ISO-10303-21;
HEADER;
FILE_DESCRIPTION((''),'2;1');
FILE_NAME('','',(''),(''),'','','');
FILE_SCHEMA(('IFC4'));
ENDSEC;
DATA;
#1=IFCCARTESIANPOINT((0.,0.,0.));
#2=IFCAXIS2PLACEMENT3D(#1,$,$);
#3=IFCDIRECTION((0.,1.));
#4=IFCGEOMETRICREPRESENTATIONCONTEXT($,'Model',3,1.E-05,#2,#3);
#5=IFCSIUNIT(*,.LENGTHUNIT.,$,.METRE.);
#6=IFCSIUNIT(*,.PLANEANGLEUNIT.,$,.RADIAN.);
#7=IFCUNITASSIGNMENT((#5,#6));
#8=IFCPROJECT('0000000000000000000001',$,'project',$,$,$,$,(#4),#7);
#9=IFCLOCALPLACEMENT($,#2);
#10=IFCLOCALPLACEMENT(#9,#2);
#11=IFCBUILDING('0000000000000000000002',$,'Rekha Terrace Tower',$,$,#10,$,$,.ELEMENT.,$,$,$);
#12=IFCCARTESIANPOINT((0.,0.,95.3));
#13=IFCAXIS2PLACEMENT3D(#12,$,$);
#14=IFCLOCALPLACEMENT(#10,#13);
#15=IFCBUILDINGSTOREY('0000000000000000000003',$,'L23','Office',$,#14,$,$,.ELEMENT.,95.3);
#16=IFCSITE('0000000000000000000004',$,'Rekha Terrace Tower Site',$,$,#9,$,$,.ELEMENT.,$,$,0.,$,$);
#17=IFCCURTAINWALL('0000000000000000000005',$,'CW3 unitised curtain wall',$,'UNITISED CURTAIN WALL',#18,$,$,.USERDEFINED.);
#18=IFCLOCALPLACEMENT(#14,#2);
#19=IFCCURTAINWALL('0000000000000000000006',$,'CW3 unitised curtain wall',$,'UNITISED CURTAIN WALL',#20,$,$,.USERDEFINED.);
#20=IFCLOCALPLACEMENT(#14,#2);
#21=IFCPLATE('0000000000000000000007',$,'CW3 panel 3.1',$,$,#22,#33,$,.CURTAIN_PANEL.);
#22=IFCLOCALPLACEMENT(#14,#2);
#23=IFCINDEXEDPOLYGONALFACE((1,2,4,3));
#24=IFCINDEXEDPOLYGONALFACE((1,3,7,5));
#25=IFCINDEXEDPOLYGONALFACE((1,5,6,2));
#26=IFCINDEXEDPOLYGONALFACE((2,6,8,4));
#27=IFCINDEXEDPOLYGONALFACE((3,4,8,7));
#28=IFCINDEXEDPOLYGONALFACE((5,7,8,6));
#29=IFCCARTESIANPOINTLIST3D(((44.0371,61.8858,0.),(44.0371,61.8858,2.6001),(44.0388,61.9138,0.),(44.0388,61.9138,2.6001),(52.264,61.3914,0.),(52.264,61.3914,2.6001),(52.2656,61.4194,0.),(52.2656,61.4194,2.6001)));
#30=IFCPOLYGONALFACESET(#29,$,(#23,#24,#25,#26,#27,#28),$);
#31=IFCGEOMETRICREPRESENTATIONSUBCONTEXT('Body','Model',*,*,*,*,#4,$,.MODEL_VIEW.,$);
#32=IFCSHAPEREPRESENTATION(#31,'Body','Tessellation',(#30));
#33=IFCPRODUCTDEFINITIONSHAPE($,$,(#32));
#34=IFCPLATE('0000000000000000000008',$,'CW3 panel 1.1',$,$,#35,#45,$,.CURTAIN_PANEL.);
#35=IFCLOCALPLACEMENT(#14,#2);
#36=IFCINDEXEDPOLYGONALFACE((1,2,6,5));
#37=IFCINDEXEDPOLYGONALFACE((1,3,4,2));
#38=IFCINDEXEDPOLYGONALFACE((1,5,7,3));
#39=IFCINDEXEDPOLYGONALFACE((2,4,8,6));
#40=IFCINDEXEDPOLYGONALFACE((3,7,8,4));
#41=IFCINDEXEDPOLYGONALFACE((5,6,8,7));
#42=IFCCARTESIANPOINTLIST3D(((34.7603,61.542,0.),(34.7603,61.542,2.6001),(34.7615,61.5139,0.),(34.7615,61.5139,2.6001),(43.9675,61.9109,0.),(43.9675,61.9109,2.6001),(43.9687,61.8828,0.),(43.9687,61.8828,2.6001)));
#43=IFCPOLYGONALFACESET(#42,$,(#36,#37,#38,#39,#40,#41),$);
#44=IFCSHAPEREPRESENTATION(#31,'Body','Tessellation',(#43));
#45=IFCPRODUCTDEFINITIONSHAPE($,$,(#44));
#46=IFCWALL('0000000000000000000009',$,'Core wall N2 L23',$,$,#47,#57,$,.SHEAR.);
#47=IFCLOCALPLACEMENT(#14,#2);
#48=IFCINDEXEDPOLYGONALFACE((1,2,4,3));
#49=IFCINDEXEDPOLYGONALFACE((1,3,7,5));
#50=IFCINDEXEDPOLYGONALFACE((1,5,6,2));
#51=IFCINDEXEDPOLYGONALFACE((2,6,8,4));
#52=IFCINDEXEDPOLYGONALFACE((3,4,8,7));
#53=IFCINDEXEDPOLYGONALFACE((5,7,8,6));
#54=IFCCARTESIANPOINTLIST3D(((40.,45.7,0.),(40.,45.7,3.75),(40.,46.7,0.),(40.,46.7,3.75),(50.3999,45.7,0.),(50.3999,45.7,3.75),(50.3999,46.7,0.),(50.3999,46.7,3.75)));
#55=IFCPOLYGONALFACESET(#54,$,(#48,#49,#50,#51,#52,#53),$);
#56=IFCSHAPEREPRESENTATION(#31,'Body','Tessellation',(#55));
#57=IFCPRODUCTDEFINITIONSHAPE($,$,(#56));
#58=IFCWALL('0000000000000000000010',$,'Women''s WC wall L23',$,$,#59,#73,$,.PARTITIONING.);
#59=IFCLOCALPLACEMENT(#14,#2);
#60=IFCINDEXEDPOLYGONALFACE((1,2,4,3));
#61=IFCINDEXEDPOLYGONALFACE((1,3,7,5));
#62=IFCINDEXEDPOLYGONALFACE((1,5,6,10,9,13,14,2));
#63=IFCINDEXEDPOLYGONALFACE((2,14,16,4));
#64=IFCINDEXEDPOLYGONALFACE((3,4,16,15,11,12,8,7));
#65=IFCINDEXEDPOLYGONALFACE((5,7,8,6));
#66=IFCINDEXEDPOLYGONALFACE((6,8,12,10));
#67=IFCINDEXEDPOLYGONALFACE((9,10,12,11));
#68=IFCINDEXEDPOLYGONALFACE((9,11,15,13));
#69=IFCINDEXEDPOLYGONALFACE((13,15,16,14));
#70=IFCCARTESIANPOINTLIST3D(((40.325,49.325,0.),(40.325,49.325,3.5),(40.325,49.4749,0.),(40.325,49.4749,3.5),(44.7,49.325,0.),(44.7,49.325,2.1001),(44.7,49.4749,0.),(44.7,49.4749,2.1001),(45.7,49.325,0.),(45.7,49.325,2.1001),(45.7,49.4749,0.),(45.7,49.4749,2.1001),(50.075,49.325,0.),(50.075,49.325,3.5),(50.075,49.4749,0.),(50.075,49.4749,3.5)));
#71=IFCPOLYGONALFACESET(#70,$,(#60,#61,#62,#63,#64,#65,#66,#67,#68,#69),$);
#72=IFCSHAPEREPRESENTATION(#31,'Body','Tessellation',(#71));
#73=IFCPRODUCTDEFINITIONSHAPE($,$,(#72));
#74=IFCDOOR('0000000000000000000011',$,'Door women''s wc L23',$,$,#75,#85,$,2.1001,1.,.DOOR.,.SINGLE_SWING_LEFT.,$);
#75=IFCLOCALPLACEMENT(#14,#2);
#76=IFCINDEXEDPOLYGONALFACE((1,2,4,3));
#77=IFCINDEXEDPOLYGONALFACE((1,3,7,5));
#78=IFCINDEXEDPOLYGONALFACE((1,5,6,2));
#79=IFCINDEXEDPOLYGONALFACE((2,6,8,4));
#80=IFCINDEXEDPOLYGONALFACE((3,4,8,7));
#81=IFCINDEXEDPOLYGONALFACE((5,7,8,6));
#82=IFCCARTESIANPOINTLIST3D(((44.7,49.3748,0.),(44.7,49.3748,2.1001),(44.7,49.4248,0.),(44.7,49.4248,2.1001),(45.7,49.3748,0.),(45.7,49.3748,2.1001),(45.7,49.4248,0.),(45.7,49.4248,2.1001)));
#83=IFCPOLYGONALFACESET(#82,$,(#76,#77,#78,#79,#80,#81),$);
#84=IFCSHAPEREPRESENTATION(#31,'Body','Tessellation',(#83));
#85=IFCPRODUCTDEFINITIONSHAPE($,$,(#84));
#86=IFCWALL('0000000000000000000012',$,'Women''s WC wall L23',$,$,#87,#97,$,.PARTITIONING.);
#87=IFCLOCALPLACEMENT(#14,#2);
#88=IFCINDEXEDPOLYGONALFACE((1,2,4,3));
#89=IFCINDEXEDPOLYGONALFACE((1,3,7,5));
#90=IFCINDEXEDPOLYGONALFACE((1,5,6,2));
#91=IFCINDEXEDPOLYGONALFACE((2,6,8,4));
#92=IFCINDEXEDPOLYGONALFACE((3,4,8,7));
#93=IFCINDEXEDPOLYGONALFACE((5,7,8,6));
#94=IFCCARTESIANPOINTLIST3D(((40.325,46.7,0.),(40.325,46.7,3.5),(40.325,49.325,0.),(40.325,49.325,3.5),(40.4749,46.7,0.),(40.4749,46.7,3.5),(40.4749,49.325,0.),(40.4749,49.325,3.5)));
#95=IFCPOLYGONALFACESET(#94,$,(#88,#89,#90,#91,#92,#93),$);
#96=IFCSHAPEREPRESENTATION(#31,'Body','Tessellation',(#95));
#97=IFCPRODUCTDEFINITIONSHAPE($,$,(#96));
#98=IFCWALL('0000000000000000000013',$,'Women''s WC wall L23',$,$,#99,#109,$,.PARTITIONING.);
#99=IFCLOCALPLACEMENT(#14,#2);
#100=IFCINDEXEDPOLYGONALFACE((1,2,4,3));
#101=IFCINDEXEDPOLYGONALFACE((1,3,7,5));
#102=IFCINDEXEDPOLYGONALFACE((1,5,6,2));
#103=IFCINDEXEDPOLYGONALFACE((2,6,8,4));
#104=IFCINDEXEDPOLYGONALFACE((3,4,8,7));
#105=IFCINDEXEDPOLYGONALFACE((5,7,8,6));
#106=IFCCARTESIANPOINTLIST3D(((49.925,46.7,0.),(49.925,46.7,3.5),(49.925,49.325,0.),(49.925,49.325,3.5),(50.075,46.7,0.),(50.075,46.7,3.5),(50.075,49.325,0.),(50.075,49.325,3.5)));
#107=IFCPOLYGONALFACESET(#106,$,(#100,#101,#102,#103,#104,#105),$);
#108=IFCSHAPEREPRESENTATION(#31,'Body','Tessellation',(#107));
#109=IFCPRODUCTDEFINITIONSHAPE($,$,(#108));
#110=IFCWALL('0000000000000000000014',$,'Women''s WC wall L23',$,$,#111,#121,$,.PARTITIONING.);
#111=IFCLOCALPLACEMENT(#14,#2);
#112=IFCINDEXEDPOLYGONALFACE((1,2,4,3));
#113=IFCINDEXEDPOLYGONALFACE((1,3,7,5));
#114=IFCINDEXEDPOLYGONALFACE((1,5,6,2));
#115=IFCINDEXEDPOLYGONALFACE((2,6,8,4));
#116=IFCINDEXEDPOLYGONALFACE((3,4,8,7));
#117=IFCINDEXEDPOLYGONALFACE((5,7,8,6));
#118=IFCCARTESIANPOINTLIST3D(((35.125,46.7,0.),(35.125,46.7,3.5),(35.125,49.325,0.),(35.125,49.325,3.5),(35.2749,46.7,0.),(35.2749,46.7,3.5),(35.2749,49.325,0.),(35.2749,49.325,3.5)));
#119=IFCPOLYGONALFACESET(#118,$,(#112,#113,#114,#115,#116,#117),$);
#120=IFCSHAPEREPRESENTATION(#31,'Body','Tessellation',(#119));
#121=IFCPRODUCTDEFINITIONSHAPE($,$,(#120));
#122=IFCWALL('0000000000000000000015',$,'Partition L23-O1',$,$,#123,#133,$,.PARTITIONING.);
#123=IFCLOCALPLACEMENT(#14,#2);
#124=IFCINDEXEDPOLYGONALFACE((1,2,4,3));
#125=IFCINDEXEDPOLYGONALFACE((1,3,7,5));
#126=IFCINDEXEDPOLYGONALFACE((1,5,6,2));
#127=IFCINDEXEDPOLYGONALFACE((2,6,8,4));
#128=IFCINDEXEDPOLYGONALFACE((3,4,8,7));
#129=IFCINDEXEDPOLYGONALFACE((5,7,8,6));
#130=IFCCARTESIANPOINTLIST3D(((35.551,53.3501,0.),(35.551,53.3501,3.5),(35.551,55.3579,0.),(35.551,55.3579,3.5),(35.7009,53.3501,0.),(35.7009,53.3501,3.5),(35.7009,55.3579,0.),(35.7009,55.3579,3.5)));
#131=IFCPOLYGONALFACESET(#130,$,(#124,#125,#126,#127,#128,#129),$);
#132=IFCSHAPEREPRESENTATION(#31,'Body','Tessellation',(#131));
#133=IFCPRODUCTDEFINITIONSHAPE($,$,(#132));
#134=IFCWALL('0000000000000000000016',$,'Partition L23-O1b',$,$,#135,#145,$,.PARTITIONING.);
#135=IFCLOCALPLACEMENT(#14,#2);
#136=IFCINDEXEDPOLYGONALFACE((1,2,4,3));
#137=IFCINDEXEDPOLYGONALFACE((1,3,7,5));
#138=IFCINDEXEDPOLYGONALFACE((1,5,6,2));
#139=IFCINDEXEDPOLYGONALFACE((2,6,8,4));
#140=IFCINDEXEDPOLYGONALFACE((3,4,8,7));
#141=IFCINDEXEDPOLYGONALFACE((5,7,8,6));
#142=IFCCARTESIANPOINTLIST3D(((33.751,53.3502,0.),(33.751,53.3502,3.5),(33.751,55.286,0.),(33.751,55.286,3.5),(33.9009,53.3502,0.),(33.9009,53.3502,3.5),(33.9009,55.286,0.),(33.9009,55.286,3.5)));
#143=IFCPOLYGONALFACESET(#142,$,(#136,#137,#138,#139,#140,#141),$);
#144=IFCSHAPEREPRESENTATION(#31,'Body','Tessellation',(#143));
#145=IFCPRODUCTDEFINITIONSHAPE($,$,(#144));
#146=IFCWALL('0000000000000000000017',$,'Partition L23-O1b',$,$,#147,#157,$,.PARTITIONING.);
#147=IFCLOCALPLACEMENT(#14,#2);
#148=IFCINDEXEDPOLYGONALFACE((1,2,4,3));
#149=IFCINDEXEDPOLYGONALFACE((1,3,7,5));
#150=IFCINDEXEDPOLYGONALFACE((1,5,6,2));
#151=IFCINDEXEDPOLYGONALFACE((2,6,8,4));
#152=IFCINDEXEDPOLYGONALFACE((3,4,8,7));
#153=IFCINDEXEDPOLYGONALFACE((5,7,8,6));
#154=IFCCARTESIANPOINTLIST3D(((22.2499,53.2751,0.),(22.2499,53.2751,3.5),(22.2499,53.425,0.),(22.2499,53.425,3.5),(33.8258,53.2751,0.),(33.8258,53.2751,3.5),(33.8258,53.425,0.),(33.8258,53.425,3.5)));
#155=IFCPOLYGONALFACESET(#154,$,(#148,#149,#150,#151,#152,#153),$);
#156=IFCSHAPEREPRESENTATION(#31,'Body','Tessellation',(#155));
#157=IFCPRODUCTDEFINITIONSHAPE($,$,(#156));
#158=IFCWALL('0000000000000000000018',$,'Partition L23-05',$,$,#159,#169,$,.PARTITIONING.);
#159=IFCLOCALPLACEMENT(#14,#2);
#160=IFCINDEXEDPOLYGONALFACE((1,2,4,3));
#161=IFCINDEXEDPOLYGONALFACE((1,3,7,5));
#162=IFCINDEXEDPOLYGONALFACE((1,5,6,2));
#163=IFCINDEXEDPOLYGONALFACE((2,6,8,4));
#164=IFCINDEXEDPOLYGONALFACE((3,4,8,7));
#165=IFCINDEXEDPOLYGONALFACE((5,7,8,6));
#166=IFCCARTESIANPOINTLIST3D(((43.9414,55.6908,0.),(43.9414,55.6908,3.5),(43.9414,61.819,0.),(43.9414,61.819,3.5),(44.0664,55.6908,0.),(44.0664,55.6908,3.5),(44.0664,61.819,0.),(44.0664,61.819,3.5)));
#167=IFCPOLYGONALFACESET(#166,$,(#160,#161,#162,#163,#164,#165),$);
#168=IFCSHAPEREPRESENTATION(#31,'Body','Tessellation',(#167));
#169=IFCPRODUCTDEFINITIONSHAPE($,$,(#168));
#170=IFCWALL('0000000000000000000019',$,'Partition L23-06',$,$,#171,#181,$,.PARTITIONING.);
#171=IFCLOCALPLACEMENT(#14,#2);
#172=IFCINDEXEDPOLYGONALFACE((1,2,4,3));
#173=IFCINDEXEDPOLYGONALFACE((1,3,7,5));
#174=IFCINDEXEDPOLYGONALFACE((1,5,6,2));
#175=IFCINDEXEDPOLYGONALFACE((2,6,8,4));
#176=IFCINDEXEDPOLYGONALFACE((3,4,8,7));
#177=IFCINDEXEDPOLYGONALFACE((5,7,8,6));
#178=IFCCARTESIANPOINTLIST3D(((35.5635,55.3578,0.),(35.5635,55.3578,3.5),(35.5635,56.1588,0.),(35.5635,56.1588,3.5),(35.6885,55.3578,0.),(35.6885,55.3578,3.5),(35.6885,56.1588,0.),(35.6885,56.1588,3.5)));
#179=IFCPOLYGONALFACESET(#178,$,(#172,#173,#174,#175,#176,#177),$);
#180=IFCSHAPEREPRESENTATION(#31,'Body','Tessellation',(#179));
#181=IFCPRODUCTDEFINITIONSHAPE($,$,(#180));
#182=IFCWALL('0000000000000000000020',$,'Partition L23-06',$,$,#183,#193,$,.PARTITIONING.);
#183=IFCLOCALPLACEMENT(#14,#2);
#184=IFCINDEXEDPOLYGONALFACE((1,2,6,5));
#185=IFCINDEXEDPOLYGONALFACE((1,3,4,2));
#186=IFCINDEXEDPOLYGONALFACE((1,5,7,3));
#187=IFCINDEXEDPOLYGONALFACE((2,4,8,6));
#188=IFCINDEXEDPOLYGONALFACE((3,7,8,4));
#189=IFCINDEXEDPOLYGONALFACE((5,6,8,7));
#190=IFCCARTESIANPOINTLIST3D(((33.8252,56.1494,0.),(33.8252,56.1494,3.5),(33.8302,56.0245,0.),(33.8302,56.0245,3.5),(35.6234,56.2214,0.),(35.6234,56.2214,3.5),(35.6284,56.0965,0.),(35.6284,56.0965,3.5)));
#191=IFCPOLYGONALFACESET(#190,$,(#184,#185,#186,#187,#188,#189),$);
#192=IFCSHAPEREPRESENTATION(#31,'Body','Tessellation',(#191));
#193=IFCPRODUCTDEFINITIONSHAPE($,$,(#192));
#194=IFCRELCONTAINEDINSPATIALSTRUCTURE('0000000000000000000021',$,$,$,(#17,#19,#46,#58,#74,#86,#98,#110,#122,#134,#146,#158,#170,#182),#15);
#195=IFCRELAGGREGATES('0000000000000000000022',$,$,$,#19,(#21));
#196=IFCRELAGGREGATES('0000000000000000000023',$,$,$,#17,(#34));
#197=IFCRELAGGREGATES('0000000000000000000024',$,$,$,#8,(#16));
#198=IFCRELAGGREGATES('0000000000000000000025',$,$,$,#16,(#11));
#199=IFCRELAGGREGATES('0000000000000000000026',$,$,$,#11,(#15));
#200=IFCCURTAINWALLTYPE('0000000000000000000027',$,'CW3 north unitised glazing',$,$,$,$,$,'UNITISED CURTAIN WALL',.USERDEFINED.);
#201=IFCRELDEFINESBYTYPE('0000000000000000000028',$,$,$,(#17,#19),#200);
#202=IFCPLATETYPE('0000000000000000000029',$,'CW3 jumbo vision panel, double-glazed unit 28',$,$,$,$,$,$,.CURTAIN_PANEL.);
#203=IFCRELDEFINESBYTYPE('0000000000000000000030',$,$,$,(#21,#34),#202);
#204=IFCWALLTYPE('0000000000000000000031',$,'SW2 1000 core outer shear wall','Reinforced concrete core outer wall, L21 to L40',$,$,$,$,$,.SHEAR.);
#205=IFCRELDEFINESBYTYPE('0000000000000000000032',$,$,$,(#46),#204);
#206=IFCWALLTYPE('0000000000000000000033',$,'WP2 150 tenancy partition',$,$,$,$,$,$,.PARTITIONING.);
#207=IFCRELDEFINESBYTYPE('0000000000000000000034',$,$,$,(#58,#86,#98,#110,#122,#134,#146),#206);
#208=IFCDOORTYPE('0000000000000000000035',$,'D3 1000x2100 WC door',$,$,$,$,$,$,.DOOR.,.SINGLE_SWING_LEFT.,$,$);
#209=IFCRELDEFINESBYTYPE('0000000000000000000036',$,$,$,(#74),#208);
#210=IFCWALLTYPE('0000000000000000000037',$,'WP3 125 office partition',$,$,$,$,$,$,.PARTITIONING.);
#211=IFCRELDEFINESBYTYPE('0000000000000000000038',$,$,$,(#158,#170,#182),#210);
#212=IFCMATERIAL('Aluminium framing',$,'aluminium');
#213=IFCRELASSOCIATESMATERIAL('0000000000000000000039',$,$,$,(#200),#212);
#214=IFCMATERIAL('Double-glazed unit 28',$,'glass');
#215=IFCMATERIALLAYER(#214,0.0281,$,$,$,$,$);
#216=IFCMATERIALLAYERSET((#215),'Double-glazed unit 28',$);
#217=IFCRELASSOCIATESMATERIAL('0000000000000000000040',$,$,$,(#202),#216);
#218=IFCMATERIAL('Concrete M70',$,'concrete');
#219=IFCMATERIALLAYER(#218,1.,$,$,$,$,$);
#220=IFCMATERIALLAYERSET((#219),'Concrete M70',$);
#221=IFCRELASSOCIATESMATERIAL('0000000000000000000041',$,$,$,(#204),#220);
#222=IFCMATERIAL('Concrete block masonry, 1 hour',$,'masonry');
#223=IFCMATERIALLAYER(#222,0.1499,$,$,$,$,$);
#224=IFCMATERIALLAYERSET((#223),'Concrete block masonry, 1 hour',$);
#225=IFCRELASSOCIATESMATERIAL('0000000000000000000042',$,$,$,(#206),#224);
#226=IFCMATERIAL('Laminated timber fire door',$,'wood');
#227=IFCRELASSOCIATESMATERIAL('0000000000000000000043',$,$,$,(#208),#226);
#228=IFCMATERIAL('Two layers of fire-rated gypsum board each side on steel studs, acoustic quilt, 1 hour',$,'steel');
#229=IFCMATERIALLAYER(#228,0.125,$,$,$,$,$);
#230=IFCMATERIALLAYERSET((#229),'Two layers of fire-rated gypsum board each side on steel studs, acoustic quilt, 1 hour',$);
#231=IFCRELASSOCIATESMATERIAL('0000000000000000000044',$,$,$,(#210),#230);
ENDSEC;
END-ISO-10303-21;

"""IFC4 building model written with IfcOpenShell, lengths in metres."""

from ifc_helpers import new_model, si_unit, direction, frame, frame_2d, origin, origin_2d, place, context, subcontext, project, spatial, rectangle, extrude, material, layer, layer_set, type_object, element, fill, aggregate, save


model = new_model("IFC4")

# Units and contexts
model_context = context("Model", 3, precision=1e-05, world=origin(), true_north=direction((0.0, 1.0)))
body_context = subcontext(model_context, "Body", "Model", "MODEL_VIEW")
ifc_project = project(units=[si_unit("LENGTHUNIT", "METRE"), si_unit("PLANEANGLEUNIT", "RADIAN")], contexts=[model_context])

# Site, building, storey
site_placement = place(None, origin())
site = spatial("IfcSite", under=ifc_project, at=site_placement, Name="Rekha Terrace Tower Site", CompositionType="ELEMENT", RefElevation=0.0)
building_placement = place(site_placement, origin())
building = spatial("IfcBuilding", under=site, at=building_placement, Name="Rekha Terrace Tower", CompositionType="ELEMENT")
storey_placement = place(building_placement, frame((0.0, 0.0, 95.3)))
storey = spatial("IfcBuildingStorey", under=building, at=storey_placement, Name="L23", Description="Office", CompositionType="ELEMENT", Elevation=95.3)

# Shared definitions
ifc_material_1 = material(Name="Concrete M70", Category="concrete")

# Curtain wall
ifc_material_2 = material(Name="Aluminium framing", Category="aluminium")
curtain_wall_type = type_object("IfcCurtainWallType", Name="CW3 north unitised glazing", ElementType="UNITISED CURTAIN WALL", PredefinedType="USERDEFINED", material=ifc_material_2)
curtain_wall_1_placement = place(storey_placement, origin())
curtain_wall_1 = element("IfcCurtainWall", 1, at=curtain_wall_1_placement, inside=storey, type_object=curtain_wall_type, Name="CW3 unitised curtain wall", ObjectType="UNITISED CURTAIN WALL", PredefinedType="USERDEFINED")

# Curtain wall, plate
curtain_wall_2_placement = place(storey_placement, origin())
curtain_wall_2 = element("IfcCurtainWall", 2, at=curtain_wall_2_placement, inside=storey, type_object=curtain_wall_type, Name="CW3 unitised curtain wall", ObjectType="UNITISED CURTAIN WALL", PredefinedType="USERDEFINED")
ifc_material_3 = material(Name="Double-glazed unit 28", Category="glass")
ifc_layer_1 = layer(ifc_material_3, 0.0281)
ifc_layer_set_1 = layer_set([ifc_layer_1], Name="Double-glazed unit 28")
plate_type_1 = type_object("IfcPlateType", Name="CW3 jumbo vision panel, double-glazed unit 28", PredefinedType="CURTAIN_PANEL", material=ifc_layer_set_1)
plate_1_placement = place(storey_placement, frame((48.1514, 61.6526, 0.0), z_axis=(0.0, 0.0, 1.0), x_axis=(-0.998199, 0.059988, 0.0)))
plate_1 = element("IfcPlate", 3, at=plate_1_placement, type_object=plate_type_1, Name="CW3 panel 3.1", PredefinedType="CURTAIN_PANEL", context=body_context, shape_type="SweptSolid", body=[
    extrude(rectangle(XDim=8.2417, YDim=0.0281, at=origin_2d()), origin(), (0.0, 0.0, 1.0), 2.6001),
])
aggregate(curtain_wall_2, [plate_1])

# Plate
plate_2_placement = place(storey_placement, frame((39.3645, 61.7124, 0.0), z_axis=(0.0, 0.0, 1.0), x_axis=(-0.999198, -0.040032, 0.0)))
plate_2 = element("IfcPlate", 4, at=plate_2_placement, type_object=plate_type_1, Name="CW3 panel 1.1", PredefinedType="CURTAIN_PANEL", context=body_context, shape_type="SweptSolid", body=[
    extrude(rectangle(XDim=9.2146, YDim=0.0281, at=origin_2d()), origin(), (0.0, 0.0, 1.0), 2.6001),
])
aggregate(curtain_wall_1, [plate_2])

# Wall
ifc_layer_2 = layer(ifc_material_1, 1.0)
ifc_layer_set_2 = layer_set([ifc_layer_2], Name="Concrete M70")
wall_type_1 = type_object("IfcWallType", Name="SW2 1000 core outer shear wall", Description="Reinforced concrete core outer wall, L21 to L40", PredefinedType="SHEAR", material=ifc_layer_set_2)
wall_1_placement = place(storey_placement, frame((40.0, 46.2, 0.0), z_axis=(0.0, 0.0, 1.0), x_axis=(1.0, 0.0, 0.0)))
element("IfcWall", 5, at=wall_1_placement, inside=storey, type_object=wall_type_1, Name="Core wall N2 L23", PredefinedType="SHEAR", context=body_context, shape_type="SweptSolid", body=[
    extrude(rectangle(XDim=10.3999, YDim=1.0, at=frame_2d((5.2, 0.0))), origin(), (0.0, 0.0, 1.0), 3.75),
])

# Wall, opening, door
ifc_material_4 = material(Name="Concrete block masonry, 1 hour", Category="masonry")
ifc_layer_3 = layer(ifc_material_4, 0.1499)
ifc_layer_set_3 = layer_set([ifc_layer_3], Name="Concrete block masonry, 1 hour")
wall_type_2 = type_object("IfcWallType", Name="WP2 150 tenancy partition", PredefinedType="PARTITIONING", material=ifc_layer_set_3)
wall_2_placement = place(storey_placement, frame((40.325, 49.3999, 0.0), z_axis=(0.0, 0.0, 1.0), x_axis=(1.0, 0.0, 0.0)))
wall_2 = element("IfcWall", 6, at=wall_2_placement, inside=storey, type_object=wall_type_2, Name="Women's WC wall L23", PredefinedType="PARTITIONING", context=body_context, shape_type="SweptSolid", body=[
    extrude(rectangle(XDim=9.75, YDim=0.1499, at=frame_2d((4.875, 0.0))), origin(), (0.0, 0.0, 1.0), 3.5),
])
opening_1_placement = place(wall_2_placement, frame((4.375, 0.0, 0.0)))
opening_1 = element("IfcOpeningElement", 7, at=opening_1_placement, cuts=wall_2, PredefinedType="OPENING", context=body_context, shape_type="SweptSolid", body=[
    extrude(rectangle(XDim=1.0, YDim=2.1001, at=frame_2d((0.5, 1.05))), frame((0.0, 0.085, 0.0), z_axis=(0.0, -1.0, 0.0), x_axis=(1.0, 0.0, 0.0)), (0.0, 0.0, 1.0), 0.1699),
])
ifc_material_5 = material(Name="Laminated timber fire door", Category="wood")
door_type_1 = type_object("IfcDoorType", Name="D3 1000x2100 WC door", OperationType="SINGLE_SWING_LEFT", PredefinedType="DOOR", material=ifc_material_5)
door_1_placement = place(opening_1_placement, origin())
door_1 = element("IfcDoor", 8, at=door_1_placement, inside=storey, type_object=door_type_1, Name="Door women's wc L23", OperationType="SINGLE_SWING_LEFT", OverallHeight=2.1001, OverallWidth=1.0, PredefinedType="DOOR", context=body_context, shape_type="SweptSolid", body=[
    extrude(rectangle(XDim=1.0, YDim=2.1001, at=frame_2d((0.5, 1.05))), frame((0.0, 0.0249, 0.0), z_axis=(0.0, -1.0, 0.0), x_axis=(1.0, 0.0, 0.0)), (0.0, 0.0, 1.0), 0.05),
])
fill(opening_1, door_1)

# Walls
for number, where, z_axis, x_axis, name in (
    (9, (40.3999, 46.7, 0.0), (0.0, 0.0, 1.0), (0.0, 1.0, 0.0), "Women's WC wall L23"),
    (10, (50.0, 46.7, 0.0), (0.0, 0.0, 1.0), (0.0, 1.0, 0.0), "Women's WC wall L23"),
    (11, (35.2, 46.7, 0.0), (0.0, 0.0, 1.0), (0.0, 1.0, 0.0), "Women's WC wall L23"),
):
    element("IfcWall", number, at=place(storey_placement, frame(where, z_axis=z_axis, x_axis=x_axis)), inside=storey, type_object=wall_type_2, Name=name, PredefinedType="PARTITIONING", context=body_context, shape_type="SweptSolid", body=[
        extrude(rectangle(XDim=2.625, YDim=0.1499, at=frame_2d((1.3125, 0.0))), origin(), (0.0, 0.0, 1.0), 3.5),
    ])
wall_3_placement = place(storey_placement, frame((35.626, 53.3501, 0.0), z_axis=(0.0, 0.0, 1.0), x_axis=(0.0, 1.0, 0.0)))
element("IfcWall", 12, at=wall_3_placement, inside=storey, type_object=wall_type_2, Name="Partition L23-O1", PredefinedType="PARTITIONING", context=body_context, shape_type="SweptSolid", body=[
    extrude(rectangle(XDim=2.0078, YDim=0.1499, at=frame_2d((1.0039, 0.0))), origin(), (0.0, 0.0, 1.0), 3.5),
])
wall_4_placement = place(storey_placement, frame((33.8259, 55.2859, 0.0), z_axis=(0.0, 0.0, 1.0), x_axis=(0.0, -1.0, 0.0)))
element("IfcWall", 13, at=wall_4_placement, inside=storey, type_object=wall_type_2, Name="Partition L23-O1b", PredefinedType="PARTITIONING", context=body_context, shape_type="SweptSolid", body=[
    extrude(rectangle(XDim=1.9358, YDim=0.1499, at=frame_2d((0.9678, 0.0))), origin(), (0.0, 0.0, 1.0), 3.5),
])
wall_5_placement = place(storey_placement, frame((33.8259, 53.3501, 0.0), z_axis=(0.0, 0.0, 1.0), x_axis=(-1.0, 0.0, 0.0)))
element("IfcWall", 14, at=wall_5_placement, inside=storey, type_object=wall_type_2, Name="Partition L23-O1b", PredefinedType="PARTITIONING", context=body_context, shape_type="SweptSolid", body=[
    extrude(rectangle(XDim=11.5759, YDim=0.1499, at=frame_2d((5.7881, 0.0))), origin(), (0.0, 0.0, 1.0), 3.5),
])
ifc_material_6 = material(Name="Two layers of fire-rated gypsum board each side on steel studs, acoustic quilt, 1 hour", Category="steel")
ifc_layer_4 = layer(ifc_material_6, 0.125)
ifc_layer_set_4 = layer_set([ifc_layer_4], Name="Two layers of fire-rated gypsum board each side on steel studs, acoustic quilt, 1 hour")
wall_type_3 = type_object("IfcWallType", Name="WP3 125 office partition", PredefinedType="PARTITIONING", material=ifc_layer_set_4)
wall_6_placement = place(storey_placement, frame((44.0039, 55.6909, 0.0), z_axis=(0.0, 0.0, 1.0), x_axis=(0.0, 1.0, 0.0)))
element("IfcWall", 15, at=wall_6_placement, inside=storey, type_object=wall_type_3, Name="Partition L23-05", PredefinedType="PARTITIONING", context=body_context, shape_type="SweptSolid", body=[
    extrude(rectangle(XDim=6.1282, YDim=0.125, at=frame_2d((3.064, 0.0))), origin(), (0.0, 0.0, 1.0), 3.5),
])
wall_7_placement = place(storey_placement, frame((35.626, 55.3579, 0.0), z_axis=(0.0, 0.0, 1.0), x_axis=(0.0, 1.0, 0.0)))
element("IfcWall", 16, at=wall_7_placement, inside=storey, type_object=wall_type_3, Name="Partition L23-06", PredefinedType="PARTITIONING", context=body_context, shape_type="SweptSolid", body=[
    extrude(rectangle(XDim=0.801, YDim=0.125, at=frame_2d((0.4004, 0.0))), origin(), (0.0, 0.0, 1.0), 3.5),
])
wall_8_placement = place(storey_placement, frame((35.626, 56.1589, 0.0), z_axis=(0.0, 0.0, 1.0), x_axis=(-0.999199, -0.040022, 0.0)))
element("IfcWall", 17, at=wall_8_placement, inside=storey, type_object=wall_type_3, Name="Partition L23-06", PredefinedType="PARTITIONING", context=body_context, shape_type="SweptSolid", body=[
    extrude(rectangle(XDim=1.7996, YDim=0.125, at=frame_2d((0.8999, 0.0))), origin(), (0.0, 0.0, 1.0), 3.5),
])

save(model, "model.ifc")
